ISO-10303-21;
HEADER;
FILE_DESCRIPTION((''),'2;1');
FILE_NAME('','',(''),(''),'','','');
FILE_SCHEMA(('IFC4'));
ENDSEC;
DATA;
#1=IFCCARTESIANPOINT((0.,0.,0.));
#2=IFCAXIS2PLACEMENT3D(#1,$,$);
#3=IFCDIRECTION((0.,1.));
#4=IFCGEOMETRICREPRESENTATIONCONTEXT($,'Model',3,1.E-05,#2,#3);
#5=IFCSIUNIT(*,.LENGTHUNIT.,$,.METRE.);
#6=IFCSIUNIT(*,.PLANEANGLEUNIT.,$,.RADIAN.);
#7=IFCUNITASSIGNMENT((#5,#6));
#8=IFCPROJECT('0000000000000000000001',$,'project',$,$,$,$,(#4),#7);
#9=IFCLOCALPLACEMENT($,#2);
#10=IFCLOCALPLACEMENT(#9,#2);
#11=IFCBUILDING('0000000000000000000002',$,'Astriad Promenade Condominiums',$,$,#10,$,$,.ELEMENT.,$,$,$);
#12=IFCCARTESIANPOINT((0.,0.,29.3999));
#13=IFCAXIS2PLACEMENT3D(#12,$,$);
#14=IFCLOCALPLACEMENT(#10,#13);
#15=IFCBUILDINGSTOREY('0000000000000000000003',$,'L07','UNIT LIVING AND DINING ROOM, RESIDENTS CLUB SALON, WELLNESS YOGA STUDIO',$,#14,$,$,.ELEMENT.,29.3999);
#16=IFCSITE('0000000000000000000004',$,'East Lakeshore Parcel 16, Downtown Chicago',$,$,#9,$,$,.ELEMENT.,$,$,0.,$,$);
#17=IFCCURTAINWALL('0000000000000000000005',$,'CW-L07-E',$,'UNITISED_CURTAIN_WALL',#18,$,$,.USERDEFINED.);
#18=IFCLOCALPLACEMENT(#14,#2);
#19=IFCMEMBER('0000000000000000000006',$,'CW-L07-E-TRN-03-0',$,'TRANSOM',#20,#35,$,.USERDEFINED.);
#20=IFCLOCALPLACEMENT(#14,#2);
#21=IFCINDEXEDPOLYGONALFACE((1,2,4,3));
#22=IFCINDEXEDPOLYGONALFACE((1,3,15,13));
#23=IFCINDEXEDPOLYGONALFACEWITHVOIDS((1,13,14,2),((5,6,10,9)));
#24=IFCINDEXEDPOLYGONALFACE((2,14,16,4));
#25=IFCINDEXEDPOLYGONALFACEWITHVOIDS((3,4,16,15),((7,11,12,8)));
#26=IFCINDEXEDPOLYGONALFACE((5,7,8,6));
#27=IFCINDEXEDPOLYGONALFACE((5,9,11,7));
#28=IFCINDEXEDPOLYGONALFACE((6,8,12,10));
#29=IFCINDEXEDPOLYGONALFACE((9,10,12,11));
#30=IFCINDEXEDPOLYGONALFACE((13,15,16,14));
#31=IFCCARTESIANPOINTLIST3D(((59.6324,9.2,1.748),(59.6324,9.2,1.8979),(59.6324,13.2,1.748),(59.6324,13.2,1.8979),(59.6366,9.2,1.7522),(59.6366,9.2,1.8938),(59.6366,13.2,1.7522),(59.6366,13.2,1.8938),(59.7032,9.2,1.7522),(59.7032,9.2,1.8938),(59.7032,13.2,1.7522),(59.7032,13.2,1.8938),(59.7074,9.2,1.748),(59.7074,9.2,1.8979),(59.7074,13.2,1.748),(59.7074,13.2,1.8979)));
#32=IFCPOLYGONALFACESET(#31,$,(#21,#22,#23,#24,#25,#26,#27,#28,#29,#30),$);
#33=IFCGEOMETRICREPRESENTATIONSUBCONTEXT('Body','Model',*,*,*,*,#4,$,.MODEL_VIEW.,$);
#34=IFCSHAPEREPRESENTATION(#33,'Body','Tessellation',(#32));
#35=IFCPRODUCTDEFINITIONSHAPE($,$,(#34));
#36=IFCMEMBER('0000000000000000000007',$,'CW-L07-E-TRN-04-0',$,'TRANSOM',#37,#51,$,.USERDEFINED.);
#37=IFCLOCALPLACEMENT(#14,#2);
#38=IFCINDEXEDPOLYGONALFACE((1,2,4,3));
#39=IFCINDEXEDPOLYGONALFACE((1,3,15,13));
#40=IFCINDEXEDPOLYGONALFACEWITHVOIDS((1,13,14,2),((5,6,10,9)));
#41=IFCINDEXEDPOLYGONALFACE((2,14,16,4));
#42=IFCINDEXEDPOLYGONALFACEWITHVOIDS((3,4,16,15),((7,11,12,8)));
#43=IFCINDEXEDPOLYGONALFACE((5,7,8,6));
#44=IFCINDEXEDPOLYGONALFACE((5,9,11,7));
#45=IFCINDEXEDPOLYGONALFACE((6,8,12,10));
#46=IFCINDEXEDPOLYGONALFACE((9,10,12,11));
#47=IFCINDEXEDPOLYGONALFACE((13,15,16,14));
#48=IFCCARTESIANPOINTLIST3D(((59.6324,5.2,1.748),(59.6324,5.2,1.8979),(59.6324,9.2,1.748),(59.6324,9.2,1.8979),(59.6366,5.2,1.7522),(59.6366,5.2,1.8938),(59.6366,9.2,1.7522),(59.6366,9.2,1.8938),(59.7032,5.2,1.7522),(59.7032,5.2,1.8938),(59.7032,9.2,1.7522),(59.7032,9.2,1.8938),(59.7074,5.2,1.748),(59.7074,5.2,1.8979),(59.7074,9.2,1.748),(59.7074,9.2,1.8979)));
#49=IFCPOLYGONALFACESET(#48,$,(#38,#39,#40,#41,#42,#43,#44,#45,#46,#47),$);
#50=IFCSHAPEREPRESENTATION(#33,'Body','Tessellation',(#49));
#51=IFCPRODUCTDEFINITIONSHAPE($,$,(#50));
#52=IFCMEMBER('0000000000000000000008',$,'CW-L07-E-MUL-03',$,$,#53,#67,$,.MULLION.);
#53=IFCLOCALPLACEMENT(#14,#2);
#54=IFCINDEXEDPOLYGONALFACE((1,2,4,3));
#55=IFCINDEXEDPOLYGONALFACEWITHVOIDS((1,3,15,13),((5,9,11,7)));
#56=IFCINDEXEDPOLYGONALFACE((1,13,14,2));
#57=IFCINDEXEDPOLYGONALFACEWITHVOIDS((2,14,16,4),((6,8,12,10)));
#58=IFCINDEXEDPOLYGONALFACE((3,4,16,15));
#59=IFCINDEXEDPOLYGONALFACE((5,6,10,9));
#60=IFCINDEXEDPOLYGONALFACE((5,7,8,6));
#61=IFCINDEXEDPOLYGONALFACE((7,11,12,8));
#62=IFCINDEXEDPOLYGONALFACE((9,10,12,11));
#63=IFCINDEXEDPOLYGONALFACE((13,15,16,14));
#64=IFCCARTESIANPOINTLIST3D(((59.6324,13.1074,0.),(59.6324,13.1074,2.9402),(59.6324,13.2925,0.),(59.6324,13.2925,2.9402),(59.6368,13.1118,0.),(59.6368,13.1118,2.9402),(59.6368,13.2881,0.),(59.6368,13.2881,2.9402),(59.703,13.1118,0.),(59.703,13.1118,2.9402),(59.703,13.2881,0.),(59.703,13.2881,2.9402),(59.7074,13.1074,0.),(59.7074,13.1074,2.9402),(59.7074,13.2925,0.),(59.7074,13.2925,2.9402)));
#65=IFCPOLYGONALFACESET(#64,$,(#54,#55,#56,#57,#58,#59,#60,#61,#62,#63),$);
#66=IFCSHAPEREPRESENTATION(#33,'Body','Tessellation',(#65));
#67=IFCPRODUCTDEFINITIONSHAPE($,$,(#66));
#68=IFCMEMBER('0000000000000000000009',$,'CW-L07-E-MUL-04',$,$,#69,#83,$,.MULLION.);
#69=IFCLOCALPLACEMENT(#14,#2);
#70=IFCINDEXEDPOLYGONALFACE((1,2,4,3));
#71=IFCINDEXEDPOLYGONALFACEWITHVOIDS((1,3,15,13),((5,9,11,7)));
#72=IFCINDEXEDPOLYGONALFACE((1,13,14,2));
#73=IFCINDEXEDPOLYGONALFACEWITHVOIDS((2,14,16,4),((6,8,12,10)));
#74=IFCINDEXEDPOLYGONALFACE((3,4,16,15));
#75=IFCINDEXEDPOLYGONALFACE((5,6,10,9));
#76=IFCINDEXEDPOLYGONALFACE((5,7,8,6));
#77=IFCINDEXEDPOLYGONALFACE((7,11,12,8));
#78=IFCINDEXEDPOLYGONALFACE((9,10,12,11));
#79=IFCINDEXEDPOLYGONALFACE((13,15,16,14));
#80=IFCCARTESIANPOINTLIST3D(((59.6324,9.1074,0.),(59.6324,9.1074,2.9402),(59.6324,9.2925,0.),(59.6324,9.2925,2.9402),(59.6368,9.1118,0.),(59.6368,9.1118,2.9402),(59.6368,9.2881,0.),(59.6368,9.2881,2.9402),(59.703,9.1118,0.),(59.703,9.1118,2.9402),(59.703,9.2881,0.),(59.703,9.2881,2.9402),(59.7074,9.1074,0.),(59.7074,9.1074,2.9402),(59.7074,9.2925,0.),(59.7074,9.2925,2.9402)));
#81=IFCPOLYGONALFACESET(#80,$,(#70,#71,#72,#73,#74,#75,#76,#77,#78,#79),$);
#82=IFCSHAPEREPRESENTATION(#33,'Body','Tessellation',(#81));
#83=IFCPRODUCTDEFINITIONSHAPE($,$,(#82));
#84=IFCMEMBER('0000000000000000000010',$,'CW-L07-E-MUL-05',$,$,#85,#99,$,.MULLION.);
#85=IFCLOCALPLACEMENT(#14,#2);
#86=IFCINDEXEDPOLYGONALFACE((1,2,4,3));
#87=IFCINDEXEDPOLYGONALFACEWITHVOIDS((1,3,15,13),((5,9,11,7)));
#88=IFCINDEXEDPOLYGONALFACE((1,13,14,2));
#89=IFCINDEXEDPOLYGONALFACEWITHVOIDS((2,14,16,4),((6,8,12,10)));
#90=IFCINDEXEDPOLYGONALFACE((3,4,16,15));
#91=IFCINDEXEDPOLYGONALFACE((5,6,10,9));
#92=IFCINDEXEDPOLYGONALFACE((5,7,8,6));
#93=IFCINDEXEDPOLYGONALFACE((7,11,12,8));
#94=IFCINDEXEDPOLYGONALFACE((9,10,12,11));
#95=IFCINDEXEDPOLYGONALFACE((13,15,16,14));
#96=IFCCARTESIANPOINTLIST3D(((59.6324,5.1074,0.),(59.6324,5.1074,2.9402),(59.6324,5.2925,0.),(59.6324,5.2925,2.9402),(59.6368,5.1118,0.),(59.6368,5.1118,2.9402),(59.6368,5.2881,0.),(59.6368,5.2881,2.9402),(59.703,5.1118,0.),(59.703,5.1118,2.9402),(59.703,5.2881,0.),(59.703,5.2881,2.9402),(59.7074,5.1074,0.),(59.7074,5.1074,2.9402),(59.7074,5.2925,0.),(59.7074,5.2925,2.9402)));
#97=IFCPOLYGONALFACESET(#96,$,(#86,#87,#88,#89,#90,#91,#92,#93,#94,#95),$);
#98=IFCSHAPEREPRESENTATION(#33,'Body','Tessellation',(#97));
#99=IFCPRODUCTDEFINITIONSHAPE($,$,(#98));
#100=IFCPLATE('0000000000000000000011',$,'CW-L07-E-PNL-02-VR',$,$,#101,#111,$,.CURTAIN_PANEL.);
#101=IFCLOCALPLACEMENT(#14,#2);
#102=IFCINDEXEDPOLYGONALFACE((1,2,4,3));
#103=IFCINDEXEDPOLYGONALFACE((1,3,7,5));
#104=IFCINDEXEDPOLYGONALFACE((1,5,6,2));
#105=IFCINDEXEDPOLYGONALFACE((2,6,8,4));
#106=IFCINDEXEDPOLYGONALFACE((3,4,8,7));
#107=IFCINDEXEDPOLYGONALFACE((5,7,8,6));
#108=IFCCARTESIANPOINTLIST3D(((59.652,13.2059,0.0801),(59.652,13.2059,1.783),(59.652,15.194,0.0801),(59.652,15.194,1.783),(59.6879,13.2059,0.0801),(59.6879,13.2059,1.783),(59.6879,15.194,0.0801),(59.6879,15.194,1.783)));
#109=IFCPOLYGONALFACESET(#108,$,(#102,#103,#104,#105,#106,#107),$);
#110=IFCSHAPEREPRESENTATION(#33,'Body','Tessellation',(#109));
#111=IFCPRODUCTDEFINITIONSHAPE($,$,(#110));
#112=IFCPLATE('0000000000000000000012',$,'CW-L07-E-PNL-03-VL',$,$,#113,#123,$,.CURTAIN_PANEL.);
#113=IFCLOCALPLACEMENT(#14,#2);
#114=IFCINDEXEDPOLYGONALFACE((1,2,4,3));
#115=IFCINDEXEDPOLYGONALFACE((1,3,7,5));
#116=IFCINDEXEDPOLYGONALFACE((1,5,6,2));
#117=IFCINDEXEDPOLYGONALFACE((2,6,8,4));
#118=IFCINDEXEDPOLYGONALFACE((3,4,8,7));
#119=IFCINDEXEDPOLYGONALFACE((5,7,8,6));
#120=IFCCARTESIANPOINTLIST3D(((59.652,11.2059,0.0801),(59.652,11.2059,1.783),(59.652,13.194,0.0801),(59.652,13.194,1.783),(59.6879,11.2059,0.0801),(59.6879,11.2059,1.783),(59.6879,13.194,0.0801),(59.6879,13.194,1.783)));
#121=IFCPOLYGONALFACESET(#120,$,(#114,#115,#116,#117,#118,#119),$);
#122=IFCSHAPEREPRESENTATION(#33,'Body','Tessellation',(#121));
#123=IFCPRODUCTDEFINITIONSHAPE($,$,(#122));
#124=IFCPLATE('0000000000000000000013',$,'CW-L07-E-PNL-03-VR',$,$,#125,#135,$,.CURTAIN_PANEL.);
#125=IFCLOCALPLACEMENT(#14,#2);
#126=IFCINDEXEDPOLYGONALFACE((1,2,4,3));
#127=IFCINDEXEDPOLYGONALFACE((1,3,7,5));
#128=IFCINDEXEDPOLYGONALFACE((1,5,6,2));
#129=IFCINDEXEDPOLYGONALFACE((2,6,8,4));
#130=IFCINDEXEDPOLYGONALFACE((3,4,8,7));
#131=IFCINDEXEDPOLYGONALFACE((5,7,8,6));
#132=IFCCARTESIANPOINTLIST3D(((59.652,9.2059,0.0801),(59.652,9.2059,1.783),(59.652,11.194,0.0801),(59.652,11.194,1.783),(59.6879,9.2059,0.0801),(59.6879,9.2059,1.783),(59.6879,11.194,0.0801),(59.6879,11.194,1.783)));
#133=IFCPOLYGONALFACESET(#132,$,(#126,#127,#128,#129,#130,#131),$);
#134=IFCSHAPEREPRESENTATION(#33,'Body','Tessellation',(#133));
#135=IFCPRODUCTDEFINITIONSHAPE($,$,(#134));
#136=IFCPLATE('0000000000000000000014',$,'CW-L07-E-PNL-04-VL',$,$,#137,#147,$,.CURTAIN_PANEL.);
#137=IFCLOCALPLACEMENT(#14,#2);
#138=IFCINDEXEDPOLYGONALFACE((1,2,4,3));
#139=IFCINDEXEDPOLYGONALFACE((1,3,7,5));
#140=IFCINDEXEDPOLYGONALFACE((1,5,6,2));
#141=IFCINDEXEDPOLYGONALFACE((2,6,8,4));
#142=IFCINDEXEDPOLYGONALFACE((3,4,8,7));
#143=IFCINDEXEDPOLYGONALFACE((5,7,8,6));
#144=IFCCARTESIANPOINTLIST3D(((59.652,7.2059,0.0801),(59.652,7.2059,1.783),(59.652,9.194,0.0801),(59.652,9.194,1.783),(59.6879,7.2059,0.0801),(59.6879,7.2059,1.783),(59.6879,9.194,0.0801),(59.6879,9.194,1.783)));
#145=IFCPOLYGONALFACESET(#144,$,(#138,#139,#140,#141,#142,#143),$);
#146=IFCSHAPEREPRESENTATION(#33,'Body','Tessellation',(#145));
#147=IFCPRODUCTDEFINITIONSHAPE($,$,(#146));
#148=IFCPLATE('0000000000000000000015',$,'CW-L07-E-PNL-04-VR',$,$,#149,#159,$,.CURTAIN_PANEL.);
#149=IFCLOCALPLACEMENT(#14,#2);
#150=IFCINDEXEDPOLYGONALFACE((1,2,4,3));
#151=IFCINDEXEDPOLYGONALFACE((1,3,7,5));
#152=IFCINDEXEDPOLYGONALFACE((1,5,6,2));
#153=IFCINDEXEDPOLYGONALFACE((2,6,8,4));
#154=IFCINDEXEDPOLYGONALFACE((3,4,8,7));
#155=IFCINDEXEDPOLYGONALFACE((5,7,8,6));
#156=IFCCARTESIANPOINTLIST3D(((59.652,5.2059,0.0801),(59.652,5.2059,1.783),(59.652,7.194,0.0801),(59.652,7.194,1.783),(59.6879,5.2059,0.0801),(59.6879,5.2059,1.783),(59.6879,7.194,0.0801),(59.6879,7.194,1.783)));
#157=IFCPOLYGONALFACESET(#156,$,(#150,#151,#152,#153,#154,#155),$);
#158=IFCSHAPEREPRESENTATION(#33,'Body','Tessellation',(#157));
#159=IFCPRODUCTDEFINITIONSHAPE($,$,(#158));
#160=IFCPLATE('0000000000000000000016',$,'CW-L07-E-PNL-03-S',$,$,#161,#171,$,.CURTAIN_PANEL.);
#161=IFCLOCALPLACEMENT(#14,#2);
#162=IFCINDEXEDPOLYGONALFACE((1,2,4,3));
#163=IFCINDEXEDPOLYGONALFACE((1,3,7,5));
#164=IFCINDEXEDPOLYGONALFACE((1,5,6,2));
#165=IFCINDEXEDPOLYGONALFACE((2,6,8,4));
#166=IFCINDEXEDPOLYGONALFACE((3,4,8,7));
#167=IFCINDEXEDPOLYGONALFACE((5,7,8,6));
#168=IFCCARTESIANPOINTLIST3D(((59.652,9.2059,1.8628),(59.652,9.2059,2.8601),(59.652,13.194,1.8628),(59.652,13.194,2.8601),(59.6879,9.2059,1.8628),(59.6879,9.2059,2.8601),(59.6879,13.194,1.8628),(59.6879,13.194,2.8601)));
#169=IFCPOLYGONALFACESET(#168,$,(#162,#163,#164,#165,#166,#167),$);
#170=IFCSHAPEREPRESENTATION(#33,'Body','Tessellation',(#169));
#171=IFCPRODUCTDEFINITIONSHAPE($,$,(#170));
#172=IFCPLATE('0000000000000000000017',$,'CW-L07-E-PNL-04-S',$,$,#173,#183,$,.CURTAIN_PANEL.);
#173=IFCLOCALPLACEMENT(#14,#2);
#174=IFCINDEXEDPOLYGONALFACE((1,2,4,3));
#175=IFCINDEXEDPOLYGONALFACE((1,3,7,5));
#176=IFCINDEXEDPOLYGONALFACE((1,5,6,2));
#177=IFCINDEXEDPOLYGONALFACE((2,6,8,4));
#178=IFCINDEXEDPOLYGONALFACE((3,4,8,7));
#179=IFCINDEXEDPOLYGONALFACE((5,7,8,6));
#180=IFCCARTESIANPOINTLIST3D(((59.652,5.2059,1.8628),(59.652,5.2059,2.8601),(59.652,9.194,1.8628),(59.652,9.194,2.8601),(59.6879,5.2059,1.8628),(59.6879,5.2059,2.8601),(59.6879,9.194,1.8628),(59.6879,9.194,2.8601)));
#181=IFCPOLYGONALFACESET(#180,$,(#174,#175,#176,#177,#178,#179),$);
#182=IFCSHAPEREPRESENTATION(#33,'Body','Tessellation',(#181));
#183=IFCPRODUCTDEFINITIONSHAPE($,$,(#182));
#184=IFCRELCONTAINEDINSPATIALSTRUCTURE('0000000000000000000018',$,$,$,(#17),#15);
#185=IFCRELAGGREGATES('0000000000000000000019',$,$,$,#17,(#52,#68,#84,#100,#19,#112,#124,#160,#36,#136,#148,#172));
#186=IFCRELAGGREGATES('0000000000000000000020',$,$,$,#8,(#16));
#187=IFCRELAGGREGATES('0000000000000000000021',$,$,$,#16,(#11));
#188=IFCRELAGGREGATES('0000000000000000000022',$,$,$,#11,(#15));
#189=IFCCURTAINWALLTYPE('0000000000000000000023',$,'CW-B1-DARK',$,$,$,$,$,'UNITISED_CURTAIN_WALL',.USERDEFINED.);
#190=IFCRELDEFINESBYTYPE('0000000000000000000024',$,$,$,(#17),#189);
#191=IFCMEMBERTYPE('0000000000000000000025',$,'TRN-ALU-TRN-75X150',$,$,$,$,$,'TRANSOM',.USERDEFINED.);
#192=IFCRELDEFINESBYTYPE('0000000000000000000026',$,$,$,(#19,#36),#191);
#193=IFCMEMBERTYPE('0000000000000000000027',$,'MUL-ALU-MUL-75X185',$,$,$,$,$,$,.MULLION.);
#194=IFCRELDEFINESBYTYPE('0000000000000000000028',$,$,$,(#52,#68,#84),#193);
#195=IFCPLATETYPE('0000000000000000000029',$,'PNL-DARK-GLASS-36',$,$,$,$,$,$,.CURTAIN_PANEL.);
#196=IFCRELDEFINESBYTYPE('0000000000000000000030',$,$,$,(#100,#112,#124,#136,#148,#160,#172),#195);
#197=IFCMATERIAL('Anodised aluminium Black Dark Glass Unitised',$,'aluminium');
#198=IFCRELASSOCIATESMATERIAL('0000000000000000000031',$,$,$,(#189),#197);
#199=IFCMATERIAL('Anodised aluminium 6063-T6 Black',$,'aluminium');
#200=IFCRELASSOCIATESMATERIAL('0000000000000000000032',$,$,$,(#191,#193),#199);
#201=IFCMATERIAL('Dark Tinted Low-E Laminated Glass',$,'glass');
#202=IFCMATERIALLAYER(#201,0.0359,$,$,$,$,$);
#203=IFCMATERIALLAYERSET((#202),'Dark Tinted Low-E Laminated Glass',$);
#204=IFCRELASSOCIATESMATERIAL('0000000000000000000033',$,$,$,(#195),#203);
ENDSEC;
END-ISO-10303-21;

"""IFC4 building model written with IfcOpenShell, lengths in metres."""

from ifc_helpers import new_model, si_unit, direction, frame, origin, origin_2d, place, context, subcontext, project, spatial, rectangle, hollow_rectangle, extrude, source, transform, mapped, material, layer, layer_set, material_profile, profile_set, type_object, type_shapes, element, aggregate, save


model = new_model("IFC4")

# Units and contexts
model_context = context("Model", 3, precision=1e-05, world=origin(), true_north=direction((0.0, 1.0)))
body_context = subcontext(model_context, "Body", "Model", "MODEL_VIEW")
ifc_project = project(units=[si_unit("LENGTHUNIT", "METRE"), si_unit("PLANEANGLEUNIT", "RADIAN")], contexts=[model_context])

# Site, building, storey
site_placement = place(None, origin())
site = spatial("IfcSite", under=ifc_project, at=site_placement, Name="East Lakeshore Parcel 16, Downtown Chicago", CompositionType="ELEMENT", RefElevation=0.0)
building_placement = place(site_placement, origin())
building = spatial("IfcBuilding", under=site, at=building_placement, Name="Astriad Promenade Condominiums", CompositionType="ELEMENT")
storey_placement = place(building_placement, frame((0.0, 0.0, 29.3999)))
storey = spatial("IfcBuildingStorey", under=building, at=storey_placement, Name="L07", Description="UNIT LIVING AND DINING ROOM, RESIDENTS CLUB SALON, WELLNESS YOGA STUDIO", CompositionType="ELEMENT", Elevation=29.3999)

# Curtain wall, members, plates
ifc_material_1 = material(Name="Anodised aluminium Black Dark Glass Unitised", Category="aluminium")
curtain_wall_type = type_object("IfcCurtainWallType", Name="CW-B1-DARK", ElementType="UNITISED_CURTAIN_WALL", PredefinedType="USERDEFINED", material=ifc_material_1)
curtain_wall_placement = place(storey_placement, origin())
curtain_wall = element("IfcCurtainWall", 1, at=curtain_wall_placement, inside=storey, type_object=curtain_wall_type, Name="CW-L07-E", ObjectType="UNITISED_CURTAIN_WALL", PredefinedType="USERDEFINED")
ifc_material_2 = material(Name="Anodised aluminium 6063-T6 Black", Category="aluminium")
ifc_material_profile_1 = material_profile(ifc_material_2, hollow_rectangle(XDim=0.075, YDim=0.1499, WallThickness=0.0042, at=origin_2d()), Name="ALU-TRN-75X150")
ifc_profile_set_1 = profile_set([ifc_material_profile_1], Name="Anodised aluminium 6063-T6 Black")
member_type_1 = type_object("IfcMemberType", Name="TRN-ALU-TRN-75X150", ElementType="TRANSOM", PredefinedType="USERDEFINED", material=ifc_profile_set_1)
shared_shape_1 = source(origin(), body_context, "Body", "SweptSolid", [
    extrude(hollow_rectangle(XDim=0.075, YDim=0.1499, WallThickness=0.0042, at=origin_2d()), origin(), (0.0, 0.0, 1.0), 4.0),
])
type_shapes(member_type_1, [shared_shape_1])
member_1_placement = place(storey_placement, frame((59.6699, 13.2, 1.823), z_axis=(0.0, -1.0, 0.0), x_axis=(1.0, 0.0, 0.0)))
member_1 = element("IfcMember", 2, at=member_1_placement, type_object=member_type_1, Name="CW-L07-E-TRN-03-0", ObjectType="TRANSOM", PredefinedType="USERDEFINED", context=body_context, shape_type="MappedRepresentation", body=[
    mapped(shared_shape_1, transform((0.0, 0.0, 0.0), scale=1.0)),
])
member_2_placement = place(storey_placement, frame((59.6699, 9.2, 1.823), z_axis=(0.0, -1.0, 0.0), x_axis=(1.0, 0.0, 0.0)))
member_2 = element("IfcMember", 3, at=member_2_placement, type_object=member_type_1, Name="CW-L07-E-TRN-04-0", ObjectType="TRANSOM", PredefinedType="USERDEFINED", context=body_context, shape_type="MappedRepresentation", body=[
    mapped(shared_shape_1, transform((0.0, 0.0, 0.0), scale=1.0)),
])
ifc_material_profile_2 = material_profile(ifc_material_2, hollow_rectangle(XDim=0.075, YDim=0.1851, WallThickness=0.0044, at=origin_2d()), Name="ALU-MUL-75X185")
ifc_profile_set_2 = profile_set([ifc_material_profile_2], Name="Anodised aluminium 6063-T6 Black")
member_type_2 = type_object("IfcMemberType", Name="MUL-ALU-MUL-75X185", PredefinedType="MULLION", material=ifc_profile_set_2)
shared_shape_2 = source(origin(), body_context, "Body", "SweptSolid", [
    extrude(hollow_rectangle(XDim=0.075, YDim=0.1851, WallThickness=0.0044, at=origin_2d()), origin(), (0.0, 0.0, 1.0), 2.9402),
])
type_shapes(member_type_2, [shared_shape_2])
member_3_placement = place(storey_placement, frame((59.6699, 13.2, 0.0), z_axis=(0.0, 0.0, 1.0), x_axis=(1.0, 0.0, 0.0)))
member_3 = element("IfcMember", 4, at=member_3_placement, type_object=member_type_2, Name="CW-L07-E-MUL-03", PredefinedType="MULLION", context=body_context, shape_type="MappedRepresentation", body=[
    mapped(shared_shape_2, transform((0.0, 0.0, 0.0), scale=1.0)),
])
member_4_placement = place(storey_placement, frame((59.6699, 9.2, 0.0), z_axis=(0.0, 0.0, 1.0), x_axis=(1.0, 0.0, 0.0)))
member_4 = element("IfcMember", 5, at=member_4_placement, type_object=member_type_2, Name="CW-L07-E-MUL-04", PredefinedType="MULLION", context=body_context, shape_type="MappedRepresentation", body=[
    mapped(shared_shape_2, transform((0.0, 0.0, 0.0), scale=1.0)),
])
member_5_placement = place(storey_placement, frame((59.6699, 5.2, 0.0), z_axis=(0.0, 0.0, 1.0), x_axis=(1.0, 0.0, 0.0)))
member_5 = element("IfcMember", 6, at=member_5_placement, type_object=member_type_2, Name="CW-L07-E-MUL-05", PredefinedType="MULLION", context=body_context, shape_type="MappedRepresentation", body=[
    mapped(shared_shape_2, transform((0.0, 0.0, 0.0), scale=1.0)),
])
ifc_material_3 = material(Name="Dark Tinted Low-E Laminated Glass", Category="glass")
ifc_layer_1 = layer(ifc_material_3, 0.0359)
ifc_layer_set_1 = layer_set([ifc_layer_1], Name="Dark Tinted Low-E Laminated Glass")
plate_type = type_object("IfcPlateType", Name="PNL-DARK-GLASS-36", PredefinedType="CURTAIN_PANEL", material=ifc_layer_set_1)
shared_shape_3 = source(origin(), body_context, "Body", "SweptSolid", [
    extrude(rectangle(XDim=1.988, YDim=0.0359, at=origin_2d()), origin(), (0.0, 0.0, 1.0), 1.7029),
])
plate_1_placement = place(storey_placement, frame((59.6699, 14.2, 0.0801), z_axis=(0.0, 0.0, 1.0), x_axis=(0.0, -1.0, 0.0)))
plate_1 = element("IfcPlate", 7, at=plate_1_placement, type_object=plate_type, Name="CW-L07-E-PNL-02-VR", PredefinedType="CURTAIN_PANEL", context=body_context, shape_type="MappedRepresentation", body=[
    mapped(shared_shape_3, transform((0.0, 0.0, 0.0), scale=1.0)),
])
plate_2_placement = place(storey_placement, frame((59.6699, 12.2, 0.0801), z_axis=(0.0, 0.0, 1.0), x_axis=(0.0, -1.0, 0.0)))
plate_2 = element("IfcPlate", 8, at=plate_2_placement, type_object=plate_type, Name="CW-L07-E-PNL-03-VL", PredefinedType="CURTAIN_PANEL", context=body_context, shape_type="MappedRepresentation", body=[
    mapped(shared_shape_3, transform((0.0, 0.0, 0.0), scale=1.0)),
])
plate_3_placement = place(storey_placement, frame((59.6699, 10.2, 0.0801), z_axis=(0.0, 0.0, 1.0), x_axis=(0.0, -1.0, 0.0)))
plate_3 = element("IfcPlate", 9, at=plate_3_placement, type_object=plate_type, Name="CW-L07-E-PNL-03-VR", PredefinedType="CURTAIN_PANEL", context=body_context, shape_type="MappedRepresentation", body=[
    mapped(shared_shape_3, transform((0.0, 0.0, 0.0), scale=1.0)),
])
plate_4_placement = place(storey_placement, frame((59.6699, 8.2, 0.0801), z_axis=(0.0, 0.0, 1.0), x_axis=(0.0, -1.0, 0.0)))
plate_4 = element("IfcPlate", 10, at=plate_4_placement, type_object=plate_type, Name="CW-L07-E-PNL-04-VL", PredefinedType="CURTAIN_PANEL", context=body_context, shape_type="MappedRepresentation", body=[
    mapped(shared_shape_3, transform((0.0, 0.0, 0.0), scale=1.0)),
])
plate_5_placement = place(storey_placement, frame((59.6699, 6.2, 0.0801), z_axis=(0.0, 0.0, 1.0), x_axis=(0.0, -1.0, 0.0)))
plate_5 = element("IfcPlate", 11, at=plate_5_placement, type_object=plate_type, Name="CW-L07-E-PNL-04-VR", PredefinedType="CURTAIN_PANEL", context=body_context, shape_type="MappedRepresentation", body=[
    mapped(shared_shape_3, transform((0.0, 0.0, 0.0), scale=1.0)),
])
shared_shape_4 = source(origin(), body_context, "Body", "SweptSolid", [
    extrude(rectangle(XDim=3.988, YDim=0.0359, at=origin_2d()), origin(), (0.0, 0.0, 1.0), 0.9973),
])
type_shapes(plate_type, [shared_shape_3, shared_shape_4])
plate_6_placement = place(storey_placement, frame((59.6699, 11.2, 1.8628), z_axis=(0.0, 0.0, 1.0), x_axis=(0.0, -1.0, 0.0)))
plate_6 = element("IfcPlate", 12, at=plate_6_placement, type_object=plate_type, Name="CW-L07-E-PNL-03-S", PredefinedType="CURTAIN_PANEL", context=body_context, shape_type="MappedRepresentation", body=[
    mapped(shared_shape_4, transform((0.0, 0.0, 0.0), scale=1.0)),
])
plate_7_placement = place(storey_placement, frame((59.6699, 7.2, 1.8628), z_axis=(0.0, 0.0, 1.0), x_axis=(0.0, -1.0, 0.0)))
plate_7 = element("IfcPlate", 13, at=plate_7_placement, type_object=plate_type, Name="CW-L07-E-PNL-04-S", PredefinedType="CURTAIN_PANEL", context=body_context, shape_type="MappedRepresentation", body=[
    mapped(shared_shape_4, transform((0.0, 0.0, 0.0), scale=1.0)),
])
aggregate(curtain_wall, [member_3, member_4, member_5, plate_1, member_1, plate_2, plate_3, plate_6, member_2, plate_4, plate_5, plate_7])

save(model, "model.ifc")
